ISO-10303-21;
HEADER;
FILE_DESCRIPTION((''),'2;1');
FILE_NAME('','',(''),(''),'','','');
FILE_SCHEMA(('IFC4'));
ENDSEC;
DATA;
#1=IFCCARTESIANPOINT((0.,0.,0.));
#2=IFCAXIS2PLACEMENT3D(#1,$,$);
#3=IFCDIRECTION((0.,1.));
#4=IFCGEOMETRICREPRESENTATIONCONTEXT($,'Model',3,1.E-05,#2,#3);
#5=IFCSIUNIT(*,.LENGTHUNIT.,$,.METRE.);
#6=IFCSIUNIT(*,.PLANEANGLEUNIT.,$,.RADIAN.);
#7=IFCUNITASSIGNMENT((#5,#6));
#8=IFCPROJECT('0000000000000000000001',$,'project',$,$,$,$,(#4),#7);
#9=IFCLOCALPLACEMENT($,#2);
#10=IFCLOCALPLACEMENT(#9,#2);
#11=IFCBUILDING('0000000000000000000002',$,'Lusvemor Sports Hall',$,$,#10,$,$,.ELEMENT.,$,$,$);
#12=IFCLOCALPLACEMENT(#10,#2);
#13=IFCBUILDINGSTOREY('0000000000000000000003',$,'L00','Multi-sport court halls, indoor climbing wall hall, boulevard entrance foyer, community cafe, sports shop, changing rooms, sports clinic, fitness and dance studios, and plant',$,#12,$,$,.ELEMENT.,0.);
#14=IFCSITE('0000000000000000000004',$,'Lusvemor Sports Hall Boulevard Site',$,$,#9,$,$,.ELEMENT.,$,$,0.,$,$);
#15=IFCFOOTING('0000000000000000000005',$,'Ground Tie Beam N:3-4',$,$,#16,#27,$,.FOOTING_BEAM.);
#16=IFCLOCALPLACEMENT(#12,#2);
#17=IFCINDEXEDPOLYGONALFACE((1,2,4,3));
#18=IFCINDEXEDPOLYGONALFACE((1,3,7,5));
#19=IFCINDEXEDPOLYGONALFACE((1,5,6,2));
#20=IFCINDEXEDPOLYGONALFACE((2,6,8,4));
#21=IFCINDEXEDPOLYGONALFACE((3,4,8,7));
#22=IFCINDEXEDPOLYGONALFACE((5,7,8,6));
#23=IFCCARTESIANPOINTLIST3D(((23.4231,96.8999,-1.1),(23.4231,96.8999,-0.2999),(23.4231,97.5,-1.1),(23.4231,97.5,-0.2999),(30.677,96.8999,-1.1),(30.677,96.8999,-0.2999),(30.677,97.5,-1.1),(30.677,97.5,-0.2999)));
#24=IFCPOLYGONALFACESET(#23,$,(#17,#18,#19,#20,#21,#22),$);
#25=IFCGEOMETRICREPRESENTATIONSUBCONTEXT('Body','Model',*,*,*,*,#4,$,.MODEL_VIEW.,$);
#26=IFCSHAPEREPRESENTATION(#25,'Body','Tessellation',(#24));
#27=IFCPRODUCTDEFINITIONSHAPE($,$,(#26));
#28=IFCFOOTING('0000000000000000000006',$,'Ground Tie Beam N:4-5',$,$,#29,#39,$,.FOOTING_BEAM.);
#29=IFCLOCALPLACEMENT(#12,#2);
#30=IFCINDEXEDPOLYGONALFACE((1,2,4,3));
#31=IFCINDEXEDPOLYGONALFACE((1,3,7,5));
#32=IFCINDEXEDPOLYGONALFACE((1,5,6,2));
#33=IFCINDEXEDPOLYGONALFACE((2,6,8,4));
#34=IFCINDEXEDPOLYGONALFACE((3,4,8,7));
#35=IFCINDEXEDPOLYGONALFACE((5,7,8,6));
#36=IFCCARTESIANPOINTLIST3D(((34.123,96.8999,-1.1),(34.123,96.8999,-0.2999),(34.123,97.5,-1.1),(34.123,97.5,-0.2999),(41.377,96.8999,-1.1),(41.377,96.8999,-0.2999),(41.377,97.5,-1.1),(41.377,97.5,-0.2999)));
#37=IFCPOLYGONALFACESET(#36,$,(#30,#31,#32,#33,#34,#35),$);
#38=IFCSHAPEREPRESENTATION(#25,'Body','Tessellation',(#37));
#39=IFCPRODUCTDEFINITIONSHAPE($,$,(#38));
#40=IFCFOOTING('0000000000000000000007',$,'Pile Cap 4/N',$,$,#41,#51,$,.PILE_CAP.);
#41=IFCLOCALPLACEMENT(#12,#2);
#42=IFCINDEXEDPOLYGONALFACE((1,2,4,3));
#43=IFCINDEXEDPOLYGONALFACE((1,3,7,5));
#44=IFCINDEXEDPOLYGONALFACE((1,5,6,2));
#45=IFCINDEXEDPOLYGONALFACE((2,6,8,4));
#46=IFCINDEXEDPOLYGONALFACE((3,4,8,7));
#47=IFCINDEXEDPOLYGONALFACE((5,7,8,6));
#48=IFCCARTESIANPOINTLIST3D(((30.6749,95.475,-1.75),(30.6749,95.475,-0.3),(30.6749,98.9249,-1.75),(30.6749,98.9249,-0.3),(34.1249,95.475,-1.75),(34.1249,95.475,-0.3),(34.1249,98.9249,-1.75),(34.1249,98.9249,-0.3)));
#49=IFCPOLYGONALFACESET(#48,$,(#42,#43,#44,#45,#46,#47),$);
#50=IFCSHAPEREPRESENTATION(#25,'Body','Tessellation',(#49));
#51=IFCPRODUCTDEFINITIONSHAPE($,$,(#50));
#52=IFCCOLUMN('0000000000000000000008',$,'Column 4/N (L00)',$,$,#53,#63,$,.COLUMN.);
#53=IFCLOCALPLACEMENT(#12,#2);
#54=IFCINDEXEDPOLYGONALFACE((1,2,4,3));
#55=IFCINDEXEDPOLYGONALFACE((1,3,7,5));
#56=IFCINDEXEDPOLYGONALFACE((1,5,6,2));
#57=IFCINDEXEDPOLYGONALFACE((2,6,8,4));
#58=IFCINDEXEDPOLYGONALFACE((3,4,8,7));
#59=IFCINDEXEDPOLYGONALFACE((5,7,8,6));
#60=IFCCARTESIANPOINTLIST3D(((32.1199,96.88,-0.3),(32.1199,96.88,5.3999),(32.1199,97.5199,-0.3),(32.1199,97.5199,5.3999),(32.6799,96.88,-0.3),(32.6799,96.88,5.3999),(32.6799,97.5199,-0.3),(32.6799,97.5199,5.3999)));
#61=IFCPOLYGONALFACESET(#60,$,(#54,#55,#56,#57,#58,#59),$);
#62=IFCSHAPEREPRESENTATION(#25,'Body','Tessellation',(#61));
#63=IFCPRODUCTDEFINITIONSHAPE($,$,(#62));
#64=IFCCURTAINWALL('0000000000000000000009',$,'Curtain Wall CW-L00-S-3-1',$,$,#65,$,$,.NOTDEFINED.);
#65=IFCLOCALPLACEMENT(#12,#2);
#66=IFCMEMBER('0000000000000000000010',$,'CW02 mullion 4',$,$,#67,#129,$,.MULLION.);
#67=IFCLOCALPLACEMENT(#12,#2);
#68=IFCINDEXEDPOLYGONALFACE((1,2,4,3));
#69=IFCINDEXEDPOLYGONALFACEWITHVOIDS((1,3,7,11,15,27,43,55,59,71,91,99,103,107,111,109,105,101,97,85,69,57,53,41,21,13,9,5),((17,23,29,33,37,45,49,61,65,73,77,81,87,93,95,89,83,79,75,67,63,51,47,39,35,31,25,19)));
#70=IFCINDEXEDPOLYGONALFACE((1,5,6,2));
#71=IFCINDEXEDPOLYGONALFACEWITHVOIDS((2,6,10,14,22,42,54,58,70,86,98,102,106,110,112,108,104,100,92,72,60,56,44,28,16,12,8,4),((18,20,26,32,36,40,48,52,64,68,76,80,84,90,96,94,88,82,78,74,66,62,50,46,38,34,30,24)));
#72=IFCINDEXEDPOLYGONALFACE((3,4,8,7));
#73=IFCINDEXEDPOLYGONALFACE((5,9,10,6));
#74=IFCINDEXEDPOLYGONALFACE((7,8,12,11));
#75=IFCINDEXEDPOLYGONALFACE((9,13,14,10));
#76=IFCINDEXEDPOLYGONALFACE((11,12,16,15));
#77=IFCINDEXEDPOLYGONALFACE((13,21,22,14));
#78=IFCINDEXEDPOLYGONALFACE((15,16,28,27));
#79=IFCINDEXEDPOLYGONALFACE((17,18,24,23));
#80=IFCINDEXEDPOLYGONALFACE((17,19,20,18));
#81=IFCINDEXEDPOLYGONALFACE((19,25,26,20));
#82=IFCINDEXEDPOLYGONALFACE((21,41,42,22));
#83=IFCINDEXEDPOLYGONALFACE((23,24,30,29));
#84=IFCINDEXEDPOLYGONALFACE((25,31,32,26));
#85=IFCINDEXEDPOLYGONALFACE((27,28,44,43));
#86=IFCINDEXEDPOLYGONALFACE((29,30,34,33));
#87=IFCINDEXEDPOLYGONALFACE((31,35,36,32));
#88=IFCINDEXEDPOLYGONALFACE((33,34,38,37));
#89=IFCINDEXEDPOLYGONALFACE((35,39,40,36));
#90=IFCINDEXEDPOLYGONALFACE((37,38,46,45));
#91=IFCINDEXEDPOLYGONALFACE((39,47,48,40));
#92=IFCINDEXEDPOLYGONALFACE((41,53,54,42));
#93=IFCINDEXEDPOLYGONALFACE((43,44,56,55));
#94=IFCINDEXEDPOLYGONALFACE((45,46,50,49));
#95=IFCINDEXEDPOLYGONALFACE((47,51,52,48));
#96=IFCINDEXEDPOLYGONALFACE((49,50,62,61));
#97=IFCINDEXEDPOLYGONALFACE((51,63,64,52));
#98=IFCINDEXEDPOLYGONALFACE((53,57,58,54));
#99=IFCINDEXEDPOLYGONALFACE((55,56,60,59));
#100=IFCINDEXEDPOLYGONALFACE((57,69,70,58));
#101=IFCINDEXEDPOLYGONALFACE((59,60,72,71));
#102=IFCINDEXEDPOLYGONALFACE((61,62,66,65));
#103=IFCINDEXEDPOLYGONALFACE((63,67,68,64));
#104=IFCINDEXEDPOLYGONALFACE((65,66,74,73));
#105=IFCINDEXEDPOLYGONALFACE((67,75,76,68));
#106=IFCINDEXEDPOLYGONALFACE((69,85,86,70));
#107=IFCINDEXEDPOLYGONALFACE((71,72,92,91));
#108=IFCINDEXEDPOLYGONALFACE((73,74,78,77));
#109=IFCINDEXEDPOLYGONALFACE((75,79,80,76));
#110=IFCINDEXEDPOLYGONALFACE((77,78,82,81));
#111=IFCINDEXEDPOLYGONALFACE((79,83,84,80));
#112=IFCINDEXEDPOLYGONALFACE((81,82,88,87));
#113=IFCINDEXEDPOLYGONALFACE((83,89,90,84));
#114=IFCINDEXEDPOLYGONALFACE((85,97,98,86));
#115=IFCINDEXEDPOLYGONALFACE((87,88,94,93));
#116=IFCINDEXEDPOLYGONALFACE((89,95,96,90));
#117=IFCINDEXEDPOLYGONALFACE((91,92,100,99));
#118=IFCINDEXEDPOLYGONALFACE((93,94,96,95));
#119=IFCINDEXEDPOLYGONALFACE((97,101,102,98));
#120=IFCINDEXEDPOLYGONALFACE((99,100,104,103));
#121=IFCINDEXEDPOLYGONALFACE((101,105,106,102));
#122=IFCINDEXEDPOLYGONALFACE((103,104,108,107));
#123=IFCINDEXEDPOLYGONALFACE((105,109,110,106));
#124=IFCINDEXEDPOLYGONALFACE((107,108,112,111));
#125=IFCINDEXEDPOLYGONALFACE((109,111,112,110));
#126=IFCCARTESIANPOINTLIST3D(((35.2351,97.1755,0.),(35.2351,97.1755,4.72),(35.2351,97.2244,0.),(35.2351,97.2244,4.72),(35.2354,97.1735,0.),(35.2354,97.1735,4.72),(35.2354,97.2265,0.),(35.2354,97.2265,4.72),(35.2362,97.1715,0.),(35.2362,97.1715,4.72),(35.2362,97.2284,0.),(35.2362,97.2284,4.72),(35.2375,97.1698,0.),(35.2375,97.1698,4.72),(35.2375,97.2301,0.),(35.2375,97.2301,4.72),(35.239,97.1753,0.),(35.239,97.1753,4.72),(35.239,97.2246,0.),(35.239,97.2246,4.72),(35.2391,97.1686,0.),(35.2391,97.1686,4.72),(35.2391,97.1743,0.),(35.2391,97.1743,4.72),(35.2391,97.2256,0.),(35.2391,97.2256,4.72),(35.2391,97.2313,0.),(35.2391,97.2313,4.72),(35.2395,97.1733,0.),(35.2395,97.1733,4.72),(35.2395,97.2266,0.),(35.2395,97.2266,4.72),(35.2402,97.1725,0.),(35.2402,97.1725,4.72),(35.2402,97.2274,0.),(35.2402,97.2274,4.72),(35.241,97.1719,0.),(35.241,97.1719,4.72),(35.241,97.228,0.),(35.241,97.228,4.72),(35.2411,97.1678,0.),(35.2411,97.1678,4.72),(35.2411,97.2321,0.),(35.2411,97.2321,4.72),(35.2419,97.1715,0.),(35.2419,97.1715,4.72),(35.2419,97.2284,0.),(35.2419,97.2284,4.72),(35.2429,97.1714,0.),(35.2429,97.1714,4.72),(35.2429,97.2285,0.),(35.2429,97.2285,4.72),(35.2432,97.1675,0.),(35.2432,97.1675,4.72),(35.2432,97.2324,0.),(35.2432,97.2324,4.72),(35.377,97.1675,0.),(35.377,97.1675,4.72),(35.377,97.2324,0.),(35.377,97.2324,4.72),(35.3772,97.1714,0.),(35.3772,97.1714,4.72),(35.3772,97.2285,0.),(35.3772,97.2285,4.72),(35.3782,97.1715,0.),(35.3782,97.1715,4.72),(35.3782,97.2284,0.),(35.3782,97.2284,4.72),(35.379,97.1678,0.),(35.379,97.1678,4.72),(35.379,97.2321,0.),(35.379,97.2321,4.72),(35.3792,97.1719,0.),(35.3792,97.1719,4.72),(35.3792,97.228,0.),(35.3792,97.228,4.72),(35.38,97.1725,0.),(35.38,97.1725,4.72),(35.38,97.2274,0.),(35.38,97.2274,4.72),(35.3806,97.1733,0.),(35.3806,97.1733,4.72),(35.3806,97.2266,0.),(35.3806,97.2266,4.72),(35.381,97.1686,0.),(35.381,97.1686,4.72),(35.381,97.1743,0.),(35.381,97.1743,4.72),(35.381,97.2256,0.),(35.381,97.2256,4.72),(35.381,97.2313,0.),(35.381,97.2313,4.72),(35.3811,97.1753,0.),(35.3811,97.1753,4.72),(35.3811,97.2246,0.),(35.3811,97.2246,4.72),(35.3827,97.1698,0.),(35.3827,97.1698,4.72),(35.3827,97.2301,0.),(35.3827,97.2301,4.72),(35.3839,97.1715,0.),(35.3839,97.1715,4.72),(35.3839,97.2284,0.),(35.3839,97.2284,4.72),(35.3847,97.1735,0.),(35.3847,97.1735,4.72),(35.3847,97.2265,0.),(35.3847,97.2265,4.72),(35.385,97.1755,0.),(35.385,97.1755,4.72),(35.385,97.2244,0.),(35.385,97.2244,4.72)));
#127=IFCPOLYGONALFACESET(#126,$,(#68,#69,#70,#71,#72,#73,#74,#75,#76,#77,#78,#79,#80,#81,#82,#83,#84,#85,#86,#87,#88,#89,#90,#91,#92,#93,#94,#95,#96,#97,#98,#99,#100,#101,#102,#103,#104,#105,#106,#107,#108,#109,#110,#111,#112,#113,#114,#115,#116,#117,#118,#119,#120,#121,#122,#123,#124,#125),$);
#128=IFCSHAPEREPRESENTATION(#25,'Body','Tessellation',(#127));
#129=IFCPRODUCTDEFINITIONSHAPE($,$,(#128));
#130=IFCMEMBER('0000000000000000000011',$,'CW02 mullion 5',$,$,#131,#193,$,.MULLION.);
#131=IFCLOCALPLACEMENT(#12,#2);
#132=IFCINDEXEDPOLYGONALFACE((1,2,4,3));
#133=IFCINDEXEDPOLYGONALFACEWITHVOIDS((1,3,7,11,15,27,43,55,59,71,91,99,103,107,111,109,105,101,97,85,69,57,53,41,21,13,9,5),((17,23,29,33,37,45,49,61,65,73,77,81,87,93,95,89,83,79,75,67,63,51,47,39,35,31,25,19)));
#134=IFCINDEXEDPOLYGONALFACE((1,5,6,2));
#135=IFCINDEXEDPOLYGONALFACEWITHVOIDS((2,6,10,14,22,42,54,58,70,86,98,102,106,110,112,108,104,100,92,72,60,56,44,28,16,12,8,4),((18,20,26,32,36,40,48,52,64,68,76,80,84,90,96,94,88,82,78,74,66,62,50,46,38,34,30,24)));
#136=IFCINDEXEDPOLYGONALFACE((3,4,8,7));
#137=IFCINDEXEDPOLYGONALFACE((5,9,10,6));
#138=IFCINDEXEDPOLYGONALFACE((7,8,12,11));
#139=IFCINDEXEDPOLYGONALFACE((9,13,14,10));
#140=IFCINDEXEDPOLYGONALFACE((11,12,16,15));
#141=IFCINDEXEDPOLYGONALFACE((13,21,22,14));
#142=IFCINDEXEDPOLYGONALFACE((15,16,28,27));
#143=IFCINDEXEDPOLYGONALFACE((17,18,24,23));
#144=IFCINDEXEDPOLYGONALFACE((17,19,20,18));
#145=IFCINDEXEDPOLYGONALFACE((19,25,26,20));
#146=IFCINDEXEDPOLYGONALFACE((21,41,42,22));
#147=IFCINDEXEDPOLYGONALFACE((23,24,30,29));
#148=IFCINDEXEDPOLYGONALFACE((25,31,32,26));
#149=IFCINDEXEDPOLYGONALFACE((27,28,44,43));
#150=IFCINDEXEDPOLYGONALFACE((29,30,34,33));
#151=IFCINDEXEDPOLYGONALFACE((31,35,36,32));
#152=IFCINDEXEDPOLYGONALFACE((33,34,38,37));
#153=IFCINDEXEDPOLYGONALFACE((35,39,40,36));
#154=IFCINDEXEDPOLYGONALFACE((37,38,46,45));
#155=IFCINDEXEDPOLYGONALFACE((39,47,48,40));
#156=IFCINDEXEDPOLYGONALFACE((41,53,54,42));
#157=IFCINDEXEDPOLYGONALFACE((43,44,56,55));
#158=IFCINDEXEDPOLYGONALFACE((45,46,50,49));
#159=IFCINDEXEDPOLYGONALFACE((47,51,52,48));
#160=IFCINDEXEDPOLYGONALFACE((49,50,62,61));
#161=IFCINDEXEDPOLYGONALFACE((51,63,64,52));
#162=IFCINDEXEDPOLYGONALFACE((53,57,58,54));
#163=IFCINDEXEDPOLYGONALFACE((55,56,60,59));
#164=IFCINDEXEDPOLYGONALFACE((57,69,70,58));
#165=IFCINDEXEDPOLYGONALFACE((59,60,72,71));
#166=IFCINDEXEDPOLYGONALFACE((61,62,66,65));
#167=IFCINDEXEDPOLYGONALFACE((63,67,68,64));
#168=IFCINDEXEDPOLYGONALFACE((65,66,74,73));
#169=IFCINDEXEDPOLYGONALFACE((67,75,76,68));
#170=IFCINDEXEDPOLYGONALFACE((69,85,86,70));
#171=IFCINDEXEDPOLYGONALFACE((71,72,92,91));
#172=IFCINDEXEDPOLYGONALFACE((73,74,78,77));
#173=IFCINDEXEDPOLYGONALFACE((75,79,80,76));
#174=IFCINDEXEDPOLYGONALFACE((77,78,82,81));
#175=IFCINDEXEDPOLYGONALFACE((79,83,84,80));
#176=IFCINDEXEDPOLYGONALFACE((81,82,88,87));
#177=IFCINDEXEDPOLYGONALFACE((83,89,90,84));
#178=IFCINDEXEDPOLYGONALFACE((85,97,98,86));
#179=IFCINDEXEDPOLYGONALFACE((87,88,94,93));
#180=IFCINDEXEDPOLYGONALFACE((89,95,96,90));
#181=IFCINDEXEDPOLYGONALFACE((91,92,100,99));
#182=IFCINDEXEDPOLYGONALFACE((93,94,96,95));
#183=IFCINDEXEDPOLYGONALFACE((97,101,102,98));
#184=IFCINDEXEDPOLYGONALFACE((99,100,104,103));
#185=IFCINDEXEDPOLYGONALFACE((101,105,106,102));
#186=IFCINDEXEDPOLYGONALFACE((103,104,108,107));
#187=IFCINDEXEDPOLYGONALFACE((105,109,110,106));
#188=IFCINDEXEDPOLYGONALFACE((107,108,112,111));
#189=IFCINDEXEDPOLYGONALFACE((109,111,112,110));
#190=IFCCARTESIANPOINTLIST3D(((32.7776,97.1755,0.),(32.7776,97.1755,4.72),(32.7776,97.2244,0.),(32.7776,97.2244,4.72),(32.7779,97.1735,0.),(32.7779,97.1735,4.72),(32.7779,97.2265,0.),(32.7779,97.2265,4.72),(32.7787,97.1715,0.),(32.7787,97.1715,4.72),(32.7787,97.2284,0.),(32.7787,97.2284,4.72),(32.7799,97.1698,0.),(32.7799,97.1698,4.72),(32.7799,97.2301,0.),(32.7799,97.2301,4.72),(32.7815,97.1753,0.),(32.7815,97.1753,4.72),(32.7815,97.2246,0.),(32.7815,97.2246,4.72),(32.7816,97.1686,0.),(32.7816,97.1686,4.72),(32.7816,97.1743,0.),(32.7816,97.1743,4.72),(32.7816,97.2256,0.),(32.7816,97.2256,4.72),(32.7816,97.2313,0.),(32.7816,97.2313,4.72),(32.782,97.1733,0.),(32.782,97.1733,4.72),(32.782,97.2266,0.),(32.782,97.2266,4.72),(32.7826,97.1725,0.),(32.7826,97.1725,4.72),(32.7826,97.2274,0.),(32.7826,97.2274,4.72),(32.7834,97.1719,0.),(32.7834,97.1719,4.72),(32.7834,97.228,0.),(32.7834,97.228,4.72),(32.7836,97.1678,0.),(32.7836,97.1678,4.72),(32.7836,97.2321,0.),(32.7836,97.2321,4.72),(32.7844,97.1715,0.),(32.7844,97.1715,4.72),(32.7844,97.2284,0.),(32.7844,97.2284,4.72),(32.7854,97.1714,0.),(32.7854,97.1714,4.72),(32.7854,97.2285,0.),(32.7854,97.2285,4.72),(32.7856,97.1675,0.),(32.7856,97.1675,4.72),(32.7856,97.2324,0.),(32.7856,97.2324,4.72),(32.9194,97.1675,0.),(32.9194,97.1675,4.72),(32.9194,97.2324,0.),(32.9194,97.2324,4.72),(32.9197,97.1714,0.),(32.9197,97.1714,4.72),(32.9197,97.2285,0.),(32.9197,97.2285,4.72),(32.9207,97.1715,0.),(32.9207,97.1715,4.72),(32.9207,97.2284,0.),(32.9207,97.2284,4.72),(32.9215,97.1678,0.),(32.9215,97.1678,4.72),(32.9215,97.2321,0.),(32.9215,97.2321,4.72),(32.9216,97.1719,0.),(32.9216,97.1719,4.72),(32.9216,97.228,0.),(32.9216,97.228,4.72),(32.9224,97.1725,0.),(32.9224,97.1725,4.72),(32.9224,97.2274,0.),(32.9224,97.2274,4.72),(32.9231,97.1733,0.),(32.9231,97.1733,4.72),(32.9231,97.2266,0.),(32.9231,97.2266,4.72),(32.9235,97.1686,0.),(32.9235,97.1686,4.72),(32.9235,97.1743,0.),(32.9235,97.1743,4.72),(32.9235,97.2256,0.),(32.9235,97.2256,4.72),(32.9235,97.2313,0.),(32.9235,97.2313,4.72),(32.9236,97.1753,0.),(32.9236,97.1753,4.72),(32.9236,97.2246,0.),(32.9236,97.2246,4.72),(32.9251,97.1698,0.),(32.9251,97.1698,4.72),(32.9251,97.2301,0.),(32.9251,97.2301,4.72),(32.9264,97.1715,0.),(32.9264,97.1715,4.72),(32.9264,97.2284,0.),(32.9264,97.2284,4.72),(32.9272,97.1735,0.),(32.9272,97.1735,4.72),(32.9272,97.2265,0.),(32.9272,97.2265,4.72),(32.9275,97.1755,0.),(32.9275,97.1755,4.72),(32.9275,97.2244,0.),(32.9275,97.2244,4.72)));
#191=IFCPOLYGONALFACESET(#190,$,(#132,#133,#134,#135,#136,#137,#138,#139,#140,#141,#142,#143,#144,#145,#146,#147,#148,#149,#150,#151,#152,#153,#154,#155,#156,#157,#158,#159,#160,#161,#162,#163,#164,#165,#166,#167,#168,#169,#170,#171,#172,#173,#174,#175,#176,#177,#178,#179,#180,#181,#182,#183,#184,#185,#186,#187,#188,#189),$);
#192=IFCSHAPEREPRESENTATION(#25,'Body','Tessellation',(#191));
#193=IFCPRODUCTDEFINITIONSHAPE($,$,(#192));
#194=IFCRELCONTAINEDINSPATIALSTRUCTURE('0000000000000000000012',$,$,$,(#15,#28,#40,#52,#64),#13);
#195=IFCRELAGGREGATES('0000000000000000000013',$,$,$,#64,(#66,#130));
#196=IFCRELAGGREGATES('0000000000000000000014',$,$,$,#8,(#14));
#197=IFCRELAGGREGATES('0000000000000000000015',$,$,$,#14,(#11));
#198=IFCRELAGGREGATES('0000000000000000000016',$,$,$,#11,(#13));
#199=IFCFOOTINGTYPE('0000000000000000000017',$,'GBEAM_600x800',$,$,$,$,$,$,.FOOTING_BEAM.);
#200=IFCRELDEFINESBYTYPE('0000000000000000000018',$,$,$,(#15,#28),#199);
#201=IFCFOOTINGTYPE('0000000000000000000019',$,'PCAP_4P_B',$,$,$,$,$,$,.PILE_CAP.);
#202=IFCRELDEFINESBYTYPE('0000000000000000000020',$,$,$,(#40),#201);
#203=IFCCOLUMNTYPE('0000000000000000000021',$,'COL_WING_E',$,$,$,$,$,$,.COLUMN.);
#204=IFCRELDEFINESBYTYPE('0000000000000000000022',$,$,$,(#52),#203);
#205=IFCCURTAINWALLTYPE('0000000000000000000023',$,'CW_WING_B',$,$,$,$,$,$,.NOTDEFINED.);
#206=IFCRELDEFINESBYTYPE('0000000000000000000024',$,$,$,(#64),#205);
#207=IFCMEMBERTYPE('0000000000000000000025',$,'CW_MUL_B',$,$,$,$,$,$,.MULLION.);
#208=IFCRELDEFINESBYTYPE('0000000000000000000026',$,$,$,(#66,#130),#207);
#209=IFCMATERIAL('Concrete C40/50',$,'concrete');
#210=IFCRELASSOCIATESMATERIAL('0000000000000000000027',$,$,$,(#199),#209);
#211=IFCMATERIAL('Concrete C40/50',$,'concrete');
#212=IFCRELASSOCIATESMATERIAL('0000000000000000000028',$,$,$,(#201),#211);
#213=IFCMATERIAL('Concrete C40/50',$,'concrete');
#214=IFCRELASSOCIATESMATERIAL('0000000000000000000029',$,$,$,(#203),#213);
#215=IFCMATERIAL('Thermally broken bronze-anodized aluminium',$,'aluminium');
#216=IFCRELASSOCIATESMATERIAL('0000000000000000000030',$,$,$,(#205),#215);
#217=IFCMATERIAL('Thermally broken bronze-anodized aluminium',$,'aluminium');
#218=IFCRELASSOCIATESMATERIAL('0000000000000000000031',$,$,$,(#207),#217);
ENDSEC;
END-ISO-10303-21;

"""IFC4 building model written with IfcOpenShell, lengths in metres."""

from ifc_helpers import new_model, si_unit, direction, frame, origin, origin_2d, place, context, subcontext, project, spatial, rectangle, hollow_rectangle, extrude, material, material_profile, profile_set, type_object, element, aggregate, save


model = new_model("IFC4")

# Units and contexts
model_context = context("Model", 3, precision=1e-05, world=origin(), true_north=direction((0.0, 1.0)))
body_context = subcontext(model_context, "Body", "Model", "MODEL_VIEW")
ifc_project = project(units=[si_unit("LENGTHUNIT", "METRE"), si_unit("PLANEANGLEUNIT", "RADIAN")], contexts=[model_context])

# Site, building, storey
site_placement = place(None, origin())
site = spatial("IfcSite", under=ifc_project, at=site_placement, Name="Lusvemor Sports Hall Boulevard Site", CompositionType="ELEMENT", RefElevation=0.0)
building_placement = place(site_placement, origin())
building = spatial("IfcBuilding", under=site, at=building_placement, Name="Lusvemor Sports Hall", CompositionType="ELEMENT")
storey_placement = place(building_placement, origin())
storey = spatial("IfcBuildingStorey", under=building, at=storey_placement, Name="L00", Description="Multi-sport court halls, indoor climbing wall hall, boulevard entrance foyer, community cafe, sports shop, changing rooms, sports clinic, fitness and dance studios, and plant", CompositionType="ELEMENT", Elevation=0.0)

# Footings
ifc_material_1 = material(Name="Concrete C40/50", Category="concrete")
ifc_material_profile_1 = material_profile(ifc_material_1, rectangle(XDim=0.6001, YDim=0.8, at=origin_2d()), Name="GB_600x800")
ifc_profile_set_1 = profile_set([ifc_material_profile_1], Name="Concrete C40/50")
footing_type_1 = type_object("IfcFootingType", Name="GBEAM_600x800", PredefinedType="FOOTING_BEAM", material=ifc_profile_set_1)
for number, where, z_axis, x_axis, name in (
    (1, (23.4231, 97.2, -0.7), (1.0, 0.0, 0.0), (0.0, 1.0, 0.0), "Ground Tie Beam N:3-4"),
    (2, (34.123, 97.2, -0.7), (1.0, 0.0, 0.0), (0.0, 1.0, 0.0), "Ground Tie Beam N:4-5"),
):
    element("IfcFooting", number, at=place(storey_placement, frame(where, z_axis=z_axis, x_axis=x_axis)), inside=storey, type_object=footing_type_1, Name=name, PredefinedType="FOOTING_BEAM", context=body_context, shape_type="SweptSolid", body=[
        extrude(rectangle(XDim=0.6001, YDim=0.8, at=origin_2d()), origin(), (0.0, 0.0, 1.0), 7.2539),
    ])
ifc_material_2 = material(Name="Concrete C40/50", Category="concrete")
footing_type_2 = type_object("IfcFootingType", Name="PCAP_4P_B", PredefinedType="PILE_CAP", material=ifc_material_2)
footing_placement = place(storey_placement, frame((32.3999, 97.2, -1.75), z_axis=(0.0, 0.0, 1.0), x_axis=(1.0, 0.0, 0.0)))
element("IfcFooting", 3, at=footing_placement, inside=storey, type_object=footing_type_2, Name="Pile Cap 4/N", PredefinedType="PILE_CAP", context=body_context, shape_type="SweptSolid", body=[
    extrude(rectangle(XDim=3.45, YDim=3.45, at=origin_2d()), origin(), (0.0, 0.0, 1.0), 1.45),
])

# Column
ifc_material_3 = material(Name="Concrete C40/50", Category="concrete")
ifc_material_profile_2 = material_profile(ifc_material_3, rectangle(XDim=0.5601, YDim=0.6399, at=origin_2d()), Name="RC560x640")
ifc_profile_set_2 = profile_set([ifc_material_profile_2], Name="Concrete C40/50")
column_type = type_object("IfcColumnType", Name="COL_WING_E", PredefinedType="COLUMN", material=ifc_profile_set_2)
column_placement = place(storey_placement, frame((32.3999, 97.2, -0.3), z_axis=(0.0, 0.0, 1.0), x_axis=(1.0, 0.0, 0.0)))
element("IfcColumn", 4, at=column_placement, inside=storey, type_object=column_type, Name="Column 4/N (L00)", PredefinedType="COLUMN", context=body_context, shape_type="SweptSolid", body=[
    extrude(rectangle(XDim=0.5601, YDim=0.6399, at=origin_2d()), origin(), (0.0, 0.0, 1.0), 5.7),
])

# Curtain wall, members
ifc_material_4 = material(Name="Thermally broken bronze-anodized aluminium", Category="aluminium")
curtain_wall_type = type_object("IfcCurtainWallType", Name="CW_WING_B", PredefinedType="NOTDEFINED", material=ifc_material_4)
curtain_wall_placement = place(storey_placement, origin())
curtain_wall = element("IfcCurtainWall", 5, at=curtain_wall_placement, inside=storey, type_object=curtain_wall_type, Name="Curtain Wall CW-L00-S-3-1", PredefinedType="NOTDEFINED")
ifc_material_5 = material(Name="Thermally broken bronze-anodized aluminium", Category="aluminium")
ifc_material_profile_3 = material_profile(ifc_material_5, hollow_rectangle(XDim=0.0649, YDim=0.1499, WallThickness=0.0039, InnerFilletRadius=0.0039, OuterFilletRadius=0.0081, at=origin_2d()), Name="CWMUL150x65x4")
ifc_profile_set_3 = profile_set([ifc_material_profile_3], Name="Thermally broken bronze-anodized aluminium")
member_type_1 = type_object("IfcMemberType", Name="CW_MUL_B", PredefinedType="MULLION", material=ifc_profile_set_3)
member_1_placement = place(storey_placement, frame((35.3101, 97.2, 0.0), z_axis=(0.0, 0.0, 1.0), x_axis=(0.0, -1.0, 0.0)))
member_1 = element("IfcMember", 6, at=member_1_placement, type_object=member_type_1, Name="CW02 mullion 4", PredefinedType="MULLION", context=body_context, shape_type="SweptSolid", body=[
    extrude(hollow_rectangle(XDim=0.0649, YDim=0.1499, WallThickness=0.0039, InnerFilletRadius=0.0039, OuterFilletRadius=0.0081, at=origin_2d()), origin(), (0.0, 0.0, 1.0), 4.72),
])
member_2_placement = place(storey_placement, frame((32.8525, 97.2, 0.0), z_axis=(0.0, 0.0, 1.0), x_axis=(0.0, -1.0, 0.0)))
member_2 = element("IfcMember", 7, at=member_2_placement, type_object=member_type_1, Name="CW02 mullion 5", PredefinedType="MULLION", context=body_context, shape_type="SweptSolid", body=[
    extrude(hollow_rectangle(XDim=0.0649, YDim=0.1499, WallThickness=0.0039, InnerFilletRadius=0.0039, OuterFilletRadius=0.0081, at=origin_2d()), origin(), (0.0, 0.0, 1.0), 4.72),
])
aggregate(curtain_wall, [member_1, member_2])

save(model, "model.ifc")
